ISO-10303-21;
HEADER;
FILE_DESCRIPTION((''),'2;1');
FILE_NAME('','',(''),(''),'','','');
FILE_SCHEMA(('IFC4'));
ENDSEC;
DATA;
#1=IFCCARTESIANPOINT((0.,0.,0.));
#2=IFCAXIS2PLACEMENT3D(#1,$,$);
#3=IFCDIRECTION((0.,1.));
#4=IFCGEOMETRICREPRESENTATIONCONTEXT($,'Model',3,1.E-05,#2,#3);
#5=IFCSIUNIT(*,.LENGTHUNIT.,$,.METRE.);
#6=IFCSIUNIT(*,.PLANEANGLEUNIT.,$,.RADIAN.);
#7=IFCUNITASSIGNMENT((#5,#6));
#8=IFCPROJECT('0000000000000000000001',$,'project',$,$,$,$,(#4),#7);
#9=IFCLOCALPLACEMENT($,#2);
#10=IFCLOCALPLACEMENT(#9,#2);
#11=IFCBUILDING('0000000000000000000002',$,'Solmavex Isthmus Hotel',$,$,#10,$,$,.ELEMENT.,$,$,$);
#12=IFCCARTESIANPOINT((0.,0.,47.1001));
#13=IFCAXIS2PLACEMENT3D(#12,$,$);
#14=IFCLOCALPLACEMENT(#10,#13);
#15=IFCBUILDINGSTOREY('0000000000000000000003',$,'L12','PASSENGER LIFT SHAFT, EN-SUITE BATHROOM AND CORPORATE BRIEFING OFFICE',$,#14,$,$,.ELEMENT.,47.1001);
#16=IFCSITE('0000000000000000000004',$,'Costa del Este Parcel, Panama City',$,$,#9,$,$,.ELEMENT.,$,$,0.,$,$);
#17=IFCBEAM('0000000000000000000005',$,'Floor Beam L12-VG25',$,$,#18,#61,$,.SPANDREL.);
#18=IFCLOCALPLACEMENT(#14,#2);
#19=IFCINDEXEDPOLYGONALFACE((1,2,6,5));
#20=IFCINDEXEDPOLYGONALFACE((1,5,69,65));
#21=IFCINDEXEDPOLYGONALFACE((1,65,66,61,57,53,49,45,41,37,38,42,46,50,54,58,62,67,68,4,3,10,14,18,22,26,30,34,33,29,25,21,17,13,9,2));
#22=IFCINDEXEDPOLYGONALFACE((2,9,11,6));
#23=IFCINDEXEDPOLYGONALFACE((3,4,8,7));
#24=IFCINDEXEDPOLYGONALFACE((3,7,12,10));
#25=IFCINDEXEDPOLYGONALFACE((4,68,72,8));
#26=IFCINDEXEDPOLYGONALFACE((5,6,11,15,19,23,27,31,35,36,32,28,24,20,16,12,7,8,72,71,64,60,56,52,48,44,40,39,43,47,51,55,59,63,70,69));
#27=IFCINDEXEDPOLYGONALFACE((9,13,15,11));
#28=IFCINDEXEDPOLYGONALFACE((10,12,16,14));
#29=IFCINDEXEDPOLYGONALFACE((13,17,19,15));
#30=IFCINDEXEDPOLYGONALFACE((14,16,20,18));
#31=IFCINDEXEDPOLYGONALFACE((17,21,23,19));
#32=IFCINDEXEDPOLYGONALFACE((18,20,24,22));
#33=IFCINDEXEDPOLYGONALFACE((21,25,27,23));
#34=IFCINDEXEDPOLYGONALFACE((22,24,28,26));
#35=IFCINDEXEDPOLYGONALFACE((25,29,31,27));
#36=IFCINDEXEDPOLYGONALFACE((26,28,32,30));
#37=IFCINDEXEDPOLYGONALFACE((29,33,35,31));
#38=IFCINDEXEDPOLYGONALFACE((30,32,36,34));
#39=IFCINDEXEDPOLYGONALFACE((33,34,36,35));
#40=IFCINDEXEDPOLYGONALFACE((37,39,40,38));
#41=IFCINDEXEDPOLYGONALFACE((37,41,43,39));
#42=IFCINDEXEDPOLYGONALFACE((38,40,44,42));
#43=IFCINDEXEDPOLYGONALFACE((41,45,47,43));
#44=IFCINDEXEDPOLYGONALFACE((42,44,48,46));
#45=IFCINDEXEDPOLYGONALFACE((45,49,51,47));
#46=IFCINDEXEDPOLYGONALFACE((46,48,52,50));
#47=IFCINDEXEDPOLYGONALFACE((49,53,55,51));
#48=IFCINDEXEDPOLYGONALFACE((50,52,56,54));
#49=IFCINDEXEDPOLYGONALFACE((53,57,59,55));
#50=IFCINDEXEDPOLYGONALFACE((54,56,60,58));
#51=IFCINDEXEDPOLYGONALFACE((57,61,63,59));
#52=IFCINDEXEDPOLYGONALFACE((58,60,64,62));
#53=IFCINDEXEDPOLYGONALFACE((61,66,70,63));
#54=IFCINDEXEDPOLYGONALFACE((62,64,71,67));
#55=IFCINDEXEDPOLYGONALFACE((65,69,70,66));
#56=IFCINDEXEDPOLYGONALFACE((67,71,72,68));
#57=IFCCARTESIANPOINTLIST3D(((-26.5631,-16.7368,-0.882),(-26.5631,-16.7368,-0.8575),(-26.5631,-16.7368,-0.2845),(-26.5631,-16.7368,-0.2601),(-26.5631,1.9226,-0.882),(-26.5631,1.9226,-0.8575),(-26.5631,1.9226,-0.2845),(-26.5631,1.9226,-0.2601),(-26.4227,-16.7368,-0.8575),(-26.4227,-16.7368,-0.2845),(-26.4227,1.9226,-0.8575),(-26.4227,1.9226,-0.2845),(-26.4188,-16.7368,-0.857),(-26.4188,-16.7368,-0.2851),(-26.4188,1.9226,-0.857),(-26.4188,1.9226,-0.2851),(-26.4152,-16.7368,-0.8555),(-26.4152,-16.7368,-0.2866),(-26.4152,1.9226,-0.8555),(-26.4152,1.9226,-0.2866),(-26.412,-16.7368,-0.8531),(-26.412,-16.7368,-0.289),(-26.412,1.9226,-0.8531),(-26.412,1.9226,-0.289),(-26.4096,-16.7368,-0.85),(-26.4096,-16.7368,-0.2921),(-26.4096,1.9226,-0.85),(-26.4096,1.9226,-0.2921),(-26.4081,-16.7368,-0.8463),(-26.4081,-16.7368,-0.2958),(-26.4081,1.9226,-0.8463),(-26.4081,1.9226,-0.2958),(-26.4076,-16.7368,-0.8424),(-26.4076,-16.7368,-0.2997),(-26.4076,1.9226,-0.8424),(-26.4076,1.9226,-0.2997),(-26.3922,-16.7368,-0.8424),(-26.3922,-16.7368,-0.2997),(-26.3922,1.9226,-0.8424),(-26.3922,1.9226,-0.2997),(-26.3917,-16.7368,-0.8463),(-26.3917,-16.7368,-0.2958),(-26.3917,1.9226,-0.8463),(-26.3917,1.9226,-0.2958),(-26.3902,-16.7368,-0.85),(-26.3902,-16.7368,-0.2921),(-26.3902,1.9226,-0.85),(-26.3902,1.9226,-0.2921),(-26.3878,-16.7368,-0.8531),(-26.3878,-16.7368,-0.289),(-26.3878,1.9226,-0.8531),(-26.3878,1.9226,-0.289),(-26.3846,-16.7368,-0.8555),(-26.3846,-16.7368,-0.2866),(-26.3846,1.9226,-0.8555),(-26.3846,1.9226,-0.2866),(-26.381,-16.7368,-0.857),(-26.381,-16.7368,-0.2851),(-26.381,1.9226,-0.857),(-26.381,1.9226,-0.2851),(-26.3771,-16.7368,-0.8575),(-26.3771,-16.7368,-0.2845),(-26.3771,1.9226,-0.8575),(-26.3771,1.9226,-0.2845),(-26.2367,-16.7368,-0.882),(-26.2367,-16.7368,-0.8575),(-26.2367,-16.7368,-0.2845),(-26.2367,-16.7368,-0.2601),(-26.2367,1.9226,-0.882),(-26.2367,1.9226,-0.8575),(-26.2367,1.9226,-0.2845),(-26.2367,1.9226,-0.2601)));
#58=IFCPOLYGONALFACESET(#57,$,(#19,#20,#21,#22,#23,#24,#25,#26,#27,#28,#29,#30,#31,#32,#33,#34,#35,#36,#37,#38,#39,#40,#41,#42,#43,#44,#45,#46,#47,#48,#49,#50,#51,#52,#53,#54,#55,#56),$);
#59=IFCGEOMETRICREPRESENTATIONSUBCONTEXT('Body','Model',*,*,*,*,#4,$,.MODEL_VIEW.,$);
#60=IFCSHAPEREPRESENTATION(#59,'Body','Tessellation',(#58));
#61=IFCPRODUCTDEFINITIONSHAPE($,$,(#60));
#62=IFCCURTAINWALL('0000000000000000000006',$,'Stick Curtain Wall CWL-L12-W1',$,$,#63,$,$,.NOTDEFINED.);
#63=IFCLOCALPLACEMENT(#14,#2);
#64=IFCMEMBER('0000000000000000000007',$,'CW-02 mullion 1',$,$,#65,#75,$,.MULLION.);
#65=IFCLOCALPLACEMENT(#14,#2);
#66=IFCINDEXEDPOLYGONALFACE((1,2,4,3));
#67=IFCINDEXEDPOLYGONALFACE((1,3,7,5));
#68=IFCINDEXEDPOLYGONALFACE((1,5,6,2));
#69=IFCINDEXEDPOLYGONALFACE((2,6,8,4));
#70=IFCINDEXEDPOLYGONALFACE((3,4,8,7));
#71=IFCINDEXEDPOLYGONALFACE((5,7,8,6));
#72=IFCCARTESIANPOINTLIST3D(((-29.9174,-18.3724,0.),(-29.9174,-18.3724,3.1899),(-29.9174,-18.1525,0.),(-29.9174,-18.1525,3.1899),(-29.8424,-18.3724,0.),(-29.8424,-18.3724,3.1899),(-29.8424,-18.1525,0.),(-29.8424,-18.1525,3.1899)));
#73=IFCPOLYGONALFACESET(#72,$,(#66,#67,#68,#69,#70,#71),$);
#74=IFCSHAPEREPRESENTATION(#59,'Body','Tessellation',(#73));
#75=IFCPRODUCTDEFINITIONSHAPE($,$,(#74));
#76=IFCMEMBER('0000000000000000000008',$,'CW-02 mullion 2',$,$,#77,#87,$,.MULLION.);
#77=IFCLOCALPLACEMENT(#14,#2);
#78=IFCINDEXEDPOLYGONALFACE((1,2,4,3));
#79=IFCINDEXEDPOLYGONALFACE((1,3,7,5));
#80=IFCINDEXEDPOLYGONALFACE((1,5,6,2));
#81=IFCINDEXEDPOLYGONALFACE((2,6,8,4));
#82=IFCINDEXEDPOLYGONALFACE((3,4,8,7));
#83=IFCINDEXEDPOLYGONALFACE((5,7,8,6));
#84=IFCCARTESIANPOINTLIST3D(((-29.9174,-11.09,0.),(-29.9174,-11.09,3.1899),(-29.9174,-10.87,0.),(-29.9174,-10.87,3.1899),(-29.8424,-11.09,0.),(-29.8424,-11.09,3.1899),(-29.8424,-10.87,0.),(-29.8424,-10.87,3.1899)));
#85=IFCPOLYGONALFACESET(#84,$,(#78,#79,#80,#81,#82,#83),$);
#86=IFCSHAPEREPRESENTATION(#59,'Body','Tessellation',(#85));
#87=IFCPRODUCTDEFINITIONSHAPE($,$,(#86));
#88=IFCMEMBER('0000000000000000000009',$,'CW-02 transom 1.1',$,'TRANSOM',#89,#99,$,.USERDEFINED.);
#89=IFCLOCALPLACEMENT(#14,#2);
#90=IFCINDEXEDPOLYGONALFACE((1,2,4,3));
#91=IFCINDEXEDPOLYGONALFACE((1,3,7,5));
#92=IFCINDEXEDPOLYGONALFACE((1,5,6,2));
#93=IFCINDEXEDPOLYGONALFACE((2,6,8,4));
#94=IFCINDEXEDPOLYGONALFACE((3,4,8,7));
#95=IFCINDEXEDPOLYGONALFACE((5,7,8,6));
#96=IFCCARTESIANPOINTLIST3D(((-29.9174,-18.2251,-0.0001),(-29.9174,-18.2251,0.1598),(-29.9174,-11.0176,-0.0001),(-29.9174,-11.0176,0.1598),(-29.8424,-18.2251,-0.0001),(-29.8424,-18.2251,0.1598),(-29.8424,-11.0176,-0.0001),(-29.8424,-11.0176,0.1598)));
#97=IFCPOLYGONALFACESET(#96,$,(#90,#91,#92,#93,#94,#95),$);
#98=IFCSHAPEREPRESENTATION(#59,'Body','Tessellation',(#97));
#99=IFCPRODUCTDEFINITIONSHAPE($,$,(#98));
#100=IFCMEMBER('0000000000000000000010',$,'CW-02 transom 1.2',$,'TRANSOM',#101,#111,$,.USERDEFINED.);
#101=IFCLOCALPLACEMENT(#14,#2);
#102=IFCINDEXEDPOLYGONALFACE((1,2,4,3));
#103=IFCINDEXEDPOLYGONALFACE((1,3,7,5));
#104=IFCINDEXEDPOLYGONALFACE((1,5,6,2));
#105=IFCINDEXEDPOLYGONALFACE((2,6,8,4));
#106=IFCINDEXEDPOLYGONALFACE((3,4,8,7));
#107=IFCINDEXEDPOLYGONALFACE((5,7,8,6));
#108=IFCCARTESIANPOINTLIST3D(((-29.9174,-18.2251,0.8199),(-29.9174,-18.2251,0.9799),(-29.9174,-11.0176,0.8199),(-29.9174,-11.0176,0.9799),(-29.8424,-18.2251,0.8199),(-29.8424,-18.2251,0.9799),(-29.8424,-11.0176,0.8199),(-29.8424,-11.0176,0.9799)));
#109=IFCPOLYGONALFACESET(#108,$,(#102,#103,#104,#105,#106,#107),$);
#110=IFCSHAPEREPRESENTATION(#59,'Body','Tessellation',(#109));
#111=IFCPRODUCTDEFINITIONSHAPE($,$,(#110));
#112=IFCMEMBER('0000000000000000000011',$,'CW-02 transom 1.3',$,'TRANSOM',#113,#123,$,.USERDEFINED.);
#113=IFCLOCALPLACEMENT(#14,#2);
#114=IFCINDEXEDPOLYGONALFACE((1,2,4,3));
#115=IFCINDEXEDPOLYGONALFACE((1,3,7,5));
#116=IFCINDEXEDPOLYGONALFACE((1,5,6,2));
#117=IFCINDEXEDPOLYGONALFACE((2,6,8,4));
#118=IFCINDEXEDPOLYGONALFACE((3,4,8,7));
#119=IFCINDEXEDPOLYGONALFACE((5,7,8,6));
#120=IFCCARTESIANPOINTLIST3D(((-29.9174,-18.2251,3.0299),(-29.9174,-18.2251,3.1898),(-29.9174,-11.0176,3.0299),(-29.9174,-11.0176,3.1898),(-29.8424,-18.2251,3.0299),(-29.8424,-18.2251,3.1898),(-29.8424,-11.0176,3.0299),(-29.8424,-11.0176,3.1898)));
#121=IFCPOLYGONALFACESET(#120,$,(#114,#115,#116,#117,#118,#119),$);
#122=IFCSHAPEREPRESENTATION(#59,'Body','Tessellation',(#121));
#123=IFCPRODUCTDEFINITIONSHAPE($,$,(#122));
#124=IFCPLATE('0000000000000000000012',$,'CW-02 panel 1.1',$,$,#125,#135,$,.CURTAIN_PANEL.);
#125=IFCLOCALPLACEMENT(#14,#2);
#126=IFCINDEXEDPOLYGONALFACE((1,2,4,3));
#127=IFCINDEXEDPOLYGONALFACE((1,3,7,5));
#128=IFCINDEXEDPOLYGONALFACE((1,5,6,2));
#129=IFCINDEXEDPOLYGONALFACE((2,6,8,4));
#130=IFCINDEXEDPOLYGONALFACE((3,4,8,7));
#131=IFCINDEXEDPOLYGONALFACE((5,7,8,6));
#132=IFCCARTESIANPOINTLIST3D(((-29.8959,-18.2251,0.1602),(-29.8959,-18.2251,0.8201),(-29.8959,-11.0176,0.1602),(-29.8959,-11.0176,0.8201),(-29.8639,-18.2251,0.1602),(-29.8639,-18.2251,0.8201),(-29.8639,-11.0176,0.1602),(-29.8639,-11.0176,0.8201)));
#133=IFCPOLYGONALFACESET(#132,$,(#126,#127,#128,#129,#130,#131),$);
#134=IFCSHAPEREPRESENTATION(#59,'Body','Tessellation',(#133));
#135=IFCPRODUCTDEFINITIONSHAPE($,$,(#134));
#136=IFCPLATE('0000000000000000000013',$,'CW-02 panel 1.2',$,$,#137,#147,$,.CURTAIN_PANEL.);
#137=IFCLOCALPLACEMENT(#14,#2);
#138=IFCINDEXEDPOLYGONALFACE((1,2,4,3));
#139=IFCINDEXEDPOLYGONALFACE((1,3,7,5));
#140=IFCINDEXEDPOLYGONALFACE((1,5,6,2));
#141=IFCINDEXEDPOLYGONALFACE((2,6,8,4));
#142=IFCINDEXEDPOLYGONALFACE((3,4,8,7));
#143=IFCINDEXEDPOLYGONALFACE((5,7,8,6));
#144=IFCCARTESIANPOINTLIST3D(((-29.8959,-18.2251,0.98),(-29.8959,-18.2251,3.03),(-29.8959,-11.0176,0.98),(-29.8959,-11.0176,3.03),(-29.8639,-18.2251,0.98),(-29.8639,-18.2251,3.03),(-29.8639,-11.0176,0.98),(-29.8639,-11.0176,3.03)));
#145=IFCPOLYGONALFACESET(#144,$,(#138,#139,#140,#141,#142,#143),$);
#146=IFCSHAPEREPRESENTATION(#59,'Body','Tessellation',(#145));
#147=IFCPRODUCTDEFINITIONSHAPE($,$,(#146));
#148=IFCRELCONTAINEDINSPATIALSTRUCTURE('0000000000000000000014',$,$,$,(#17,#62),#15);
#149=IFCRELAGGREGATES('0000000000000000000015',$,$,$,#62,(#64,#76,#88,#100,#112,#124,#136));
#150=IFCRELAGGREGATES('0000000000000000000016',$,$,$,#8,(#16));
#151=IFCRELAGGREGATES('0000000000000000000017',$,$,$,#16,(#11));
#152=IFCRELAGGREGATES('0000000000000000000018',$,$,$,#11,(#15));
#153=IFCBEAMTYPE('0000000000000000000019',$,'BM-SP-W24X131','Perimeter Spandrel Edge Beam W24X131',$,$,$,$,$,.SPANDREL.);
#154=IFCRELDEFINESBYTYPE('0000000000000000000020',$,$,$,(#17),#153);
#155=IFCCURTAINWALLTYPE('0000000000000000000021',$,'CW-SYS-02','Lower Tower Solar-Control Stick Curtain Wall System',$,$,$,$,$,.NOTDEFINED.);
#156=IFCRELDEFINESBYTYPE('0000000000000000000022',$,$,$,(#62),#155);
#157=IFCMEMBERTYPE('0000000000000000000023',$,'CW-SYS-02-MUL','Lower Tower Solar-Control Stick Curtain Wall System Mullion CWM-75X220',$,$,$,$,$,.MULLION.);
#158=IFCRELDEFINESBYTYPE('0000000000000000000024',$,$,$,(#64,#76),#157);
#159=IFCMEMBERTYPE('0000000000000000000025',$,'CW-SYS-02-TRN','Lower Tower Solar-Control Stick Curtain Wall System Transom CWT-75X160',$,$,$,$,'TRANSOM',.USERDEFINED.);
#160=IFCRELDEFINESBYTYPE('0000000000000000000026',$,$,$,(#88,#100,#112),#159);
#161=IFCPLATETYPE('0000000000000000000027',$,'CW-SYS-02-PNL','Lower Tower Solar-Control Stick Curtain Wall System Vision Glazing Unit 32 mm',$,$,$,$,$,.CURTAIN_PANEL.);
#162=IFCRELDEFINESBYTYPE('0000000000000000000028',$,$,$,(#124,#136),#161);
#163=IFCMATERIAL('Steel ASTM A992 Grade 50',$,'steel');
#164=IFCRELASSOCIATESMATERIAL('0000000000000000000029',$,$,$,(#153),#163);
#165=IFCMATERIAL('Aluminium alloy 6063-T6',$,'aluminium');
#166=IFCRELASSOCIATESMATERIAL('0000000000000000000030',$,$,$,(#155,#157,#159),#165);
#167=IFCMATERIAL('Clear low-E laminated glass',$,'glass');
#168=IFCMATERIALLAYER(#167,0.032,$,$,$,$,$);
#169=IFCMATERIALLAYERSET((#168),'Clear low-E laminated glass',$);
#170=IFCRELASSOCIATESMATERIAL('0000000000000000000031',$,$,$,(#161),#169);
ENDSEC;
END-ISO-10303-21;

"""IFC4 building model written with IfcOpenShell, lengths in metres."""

from ifc_helpers import new_model, si_unit, direction, frame, origin, origin_2d, place, context, subcontext, project, spatial, rectangle, i_section, extrude, material, layer, layer_set, material_profile, profile_set, type_object, element, aggregate, save


model = new_model("IFC4")

# Units and contexts
model_context = context("Model", 3, precision=1e-05, world=origin(), true_north=direction((0.0, 1.0)))
body_context = subcontext(model_context, "Body", "Model", "MODEL_VIEW")
ifc_project = project(units=[si_unit("LENGTHUNIT", "METRE"), si_unit("PLANEANGLEUNIT", "RADIAN")], contexts=[model_context])

# Site, building, storey
site_placement = place(None, origin())
site = spatial("IfcSite", under=ifc_project, at=site_placement, Name="Costa del Este Parcel, Panama City", CompositionType="ELEMENT", RefElevation=0.0)
building_placement = place(site_placement, origin())
building = spatial("IfcBuilding", under=site, at=building_placement, Name="Solmavex Isthmus Hotel", CompositionType="ELEMENT")
storey_placement = place(building_placement, frame((0.0, 0.0, 47.1001)))
storey = spatial("IfcBuildingStorey", under=building, at=storey_placement, Name="L12", Description="PASSENGER LIFT SHAFT, EN-SUITE BATHROOM AND CORPORATE BRIEFING OFFICE", CompositionType="ELEMENT", Elevation=47.1001)

# Beam
ifc_material_1 = material(Name="Steel ASTM A992 Grade 50", Category="steel")
ifc_material_profile_1 = material_profile(ifc_material_1, i_section(OverallWidth=0.3264, OverallDepth=0.6218, WebThickness=0.0154, FlangeThickness=0.0244, FilletRadius=0.0151, at=origin_2d()), Name="W24X131")
ifc_profile_set_1 = profile_set([ifc_material_profile_1], Name="Steel ASTM A992 Grade 50")
beam_type_1 = type_object("IfcBeamType", Name="BM-SP-W24X131", Description="Perimeter Spandrel Edge Beam W24X131", PredefinedType="SPANDREL", material=ifc_profile_set_1)
beam_1_placement = place(storey_placement, frame((-26.3999, -16.7368, -0.571), z_axis=(0.0, 1.0, 0.0), x_axis=(-1.0, 0.0, 0.0)))
element("IfcBeam", 1, at=beam_1_placement, inside=storey, type_object=beam_type_1, Name="Floor Beam L12-VG25", PredefinedType="SPANDREL", context=body_context, shape_type="SweptSolid", body=[
    extrude(i_section(OverallWidth=0.3264, OverallDepth=0.6218, WebThickness=0.0154, FlangeThickness=0.0244, FilletRadius=0.0151, at=origin_2d()), origin(), (0.0, 0.0, 1.0), 18.6594),
])

# Curtain wall, members, plates
ifc_material_2 = material(Name="Aluminium alloy 6063-T6", Category="aluminium")
curtain_wall_type = type_object("IfcCurtainWallType", Name="CW-SYS-02", Description="Lower Tower Solar-Control Stick Curtain Wall System", PredefinedType="NOTDEFINED", material=ifc_material_2)
curtain_wall_placement = place(storey_placement, origin())
curtain_wall = element("IfcCurtainWall", 2, at=curtain_wall_placement, inside=storey, type_object=curtain_wall_type, Name="Stick Curtain Wall CWL-L12-W1", PredefinedType="NOTDEFINED")
ifc_material_profile_2 = material_profile(ifc_material_2, rectangle(XDim=0.075, YDim=0.22, at=origin_2d()), Name="CWM-75X220")
ifc_profile_set_2 = profile_set([ifc_material_profile_2], Name="Aluminium alloy 6063-T6")
member_type_1 = type_object("IfcMemberType", Name="CW-SYS-02-MUL", Description="Lower Tower Solar-Control Stick Curtain Wall System Mullion CWM-75X220", PredefinedType="MULLION", material=ifc_profile_set_2)
member_1_placement = place(storey_placement, frame((-29.8799, -18.2625, 0.0), z_axis=(0.0, 0.0, 1.0), x_axis=(-1.0, 0.0, 0.0)))
member_1 = element("IfcMember", 3, at=member_1_placement, type_object=member_type_1, Name="CW-02 mullion 1", PredefinedType="MULLION", context=body_context, shape_type="SweptSolid", body=[
    extrude(rectangle(XDim=0.075, YDim=0.22, at=origin_2d()), origin(), (0.0, 0.0, 1.0), 3.1899),
])
member_2_placement = place(storey_placement, frame((-29.8799, -10.98, 0.0), z_axis=(0.0, 0.0, 1.0), x_axis=(-1.0, 0.0, 0.0)))
member_2 = element("IfcMember", 4, at=member_2_placement, type_object=member_type_1, Name="CW-02 mullion 2", PredefinedType="MULLION", context=body_context, shape_type="SweptSolid", body=[
    extrude(rectangle(XDim=0.075, YDim=0.22, at=origin_2d()), origin(), (0.0, 0.0, 1.0), 3.1899),
])
ifc_material_profile_3 = material_profile(ifc_material_2, rectangle(XDim=0.075, YDim=0.1599, at=origin_2d()), Name="CWT-75X160")
ifc_profile_set_3 = profile_set([ifc_material_profile_3], Name="Aluminium alloy 6063-T6")
member_type_2 = type_object("IfcMemberType", Name="CW-SYS-02-TRN", Description="Lower Tower Solar-Control Stick Curtain Wall System Transom CWT-75X160", ElementType="TRANSOM", PredefinedType="USERDEFINED", material=ifc_profile_set_3)
member_3_placement = place(storey_placement, frame((-29.8799, -18.2251, 0.0798), z_axis=(0.0, 1.0, 0.0), x_axis=(-1.0, 0.0, 0.0)))
member_3 = element("IfcMember", 5, at=member_3_placement, type_object=member_type_2, Name="CW-02 transom 1.1", ObjectType="TRANSOM", PredefinedType="USERDEFINED", context=body_context, shape_type="SweptSolid", body=[
    extrude(rectangle(XDim=0.075, YDim=0.1599, at=origin_2d()), origin(), (0.0, 0.0, 1.0), 7.2075),
])
member_4_placement = place(storey_placement, frame((-29.8799, -18.2251, 0.8999), z_axis=(0.0, 1.0, 0.0), x_axis=(-1.0, 0.0, 0.0)))
member_4 = element("IfcMember", 6, at=member_4_placement, type_object=member_type_2, Name="CW-02 transom 1.2", ObjectType="TRANSOM", PredefinedType="USERDEFINED", context=body_context, shape_type="SweptSolid", body=[
    extrude(rectangle(XDim=0.075, YDim=0.1599, at=origin_2d()), origin(), (0.0, 0.0, 1.0), 7.2075),
])
member_5_placement = place(storey_placement, frame((-29.8799, -18.2251, 3.1099), z_axis=(0.0, 1.0, 0.0), x_axis=(-1.0, 0.0, 0.0)))
member_5 = element("IfcMember", 7, at=member_5_placement, type_object=member_type_2, Name="CW-02 transom 1.3", ObjectType="TRANSOM", PredefinedType="USERDEFINED", context=body_context, shape_type="SweptSolid", body=[
    extrude(rectangle(XDim=0.075, YDim=0.1599, at=origin_2d()), origin(), (0.0, 0.0, 1.0), 7.2075),
])
ifc_material_3 = material(Name="Clear low-E laminated glass", Category="glass")
ifc_layer_1 = layer(ifc_material_3, 0.032)
ifc_layer_set_1 = layer_set([ifc_layer_1], Name="Clear low-E laminated glass")
plate_type = type_object("IfcPlateType", Name="CW-SYS-02-PNL", Description="Lower Tower Solar-Control Stick Curtain Wall System Vision Glazing Unit 32 mm", PredefinedType="CURTAIN_PANEL", material=ifc_layer_set_1)
plate_1_placement = place(storey_placement, frame((-29.8799, -14.6213, 0.1602), z_axis=(0.0, 0.0, 1.0), x_axis=(0.0, 1.0, 0.0)))
plate_1 = element("IfcPlate", 8, at=plate_1_placement, type_object=plate_type, Name="CW-02 panel 1.1", PredefinedType="CURTAIN_PANEL", context=body_context, shape_type="SweptSolid", body=[
    extrude(rectangle(XDim=7.2075, YDim=0.032, at=origin_2d()), origin(), (0.0, 0.0, 1.0), 0.6599),
])
plate_2_placement = place(storey_placement, frame((-29.8799, -14.6213, 0.98), z_axis=(0.0, 0.0, 1.0), x_axis=(0.0, 1.0, 0.0)))
plate_2 = element("IfcPlate", 9, at=plate_2_placement, type_object=plate_type, Name="CW-02 panel 1.2", PredefinedType="CURTAIN_PANEL", context=body_context, shape_type="SweptSolid", body=[
    extrude(rectangle(XDim=7.2075, YDim=0.032, at=origin_2d()), origin(), (0.0, 0.0, 1.0), 2.05),
])
aggregate(curtain_wall, [member_1, member_2, member_3, member_4, member_5, plate_1, plate_2])

save(model, "model.ifc")
